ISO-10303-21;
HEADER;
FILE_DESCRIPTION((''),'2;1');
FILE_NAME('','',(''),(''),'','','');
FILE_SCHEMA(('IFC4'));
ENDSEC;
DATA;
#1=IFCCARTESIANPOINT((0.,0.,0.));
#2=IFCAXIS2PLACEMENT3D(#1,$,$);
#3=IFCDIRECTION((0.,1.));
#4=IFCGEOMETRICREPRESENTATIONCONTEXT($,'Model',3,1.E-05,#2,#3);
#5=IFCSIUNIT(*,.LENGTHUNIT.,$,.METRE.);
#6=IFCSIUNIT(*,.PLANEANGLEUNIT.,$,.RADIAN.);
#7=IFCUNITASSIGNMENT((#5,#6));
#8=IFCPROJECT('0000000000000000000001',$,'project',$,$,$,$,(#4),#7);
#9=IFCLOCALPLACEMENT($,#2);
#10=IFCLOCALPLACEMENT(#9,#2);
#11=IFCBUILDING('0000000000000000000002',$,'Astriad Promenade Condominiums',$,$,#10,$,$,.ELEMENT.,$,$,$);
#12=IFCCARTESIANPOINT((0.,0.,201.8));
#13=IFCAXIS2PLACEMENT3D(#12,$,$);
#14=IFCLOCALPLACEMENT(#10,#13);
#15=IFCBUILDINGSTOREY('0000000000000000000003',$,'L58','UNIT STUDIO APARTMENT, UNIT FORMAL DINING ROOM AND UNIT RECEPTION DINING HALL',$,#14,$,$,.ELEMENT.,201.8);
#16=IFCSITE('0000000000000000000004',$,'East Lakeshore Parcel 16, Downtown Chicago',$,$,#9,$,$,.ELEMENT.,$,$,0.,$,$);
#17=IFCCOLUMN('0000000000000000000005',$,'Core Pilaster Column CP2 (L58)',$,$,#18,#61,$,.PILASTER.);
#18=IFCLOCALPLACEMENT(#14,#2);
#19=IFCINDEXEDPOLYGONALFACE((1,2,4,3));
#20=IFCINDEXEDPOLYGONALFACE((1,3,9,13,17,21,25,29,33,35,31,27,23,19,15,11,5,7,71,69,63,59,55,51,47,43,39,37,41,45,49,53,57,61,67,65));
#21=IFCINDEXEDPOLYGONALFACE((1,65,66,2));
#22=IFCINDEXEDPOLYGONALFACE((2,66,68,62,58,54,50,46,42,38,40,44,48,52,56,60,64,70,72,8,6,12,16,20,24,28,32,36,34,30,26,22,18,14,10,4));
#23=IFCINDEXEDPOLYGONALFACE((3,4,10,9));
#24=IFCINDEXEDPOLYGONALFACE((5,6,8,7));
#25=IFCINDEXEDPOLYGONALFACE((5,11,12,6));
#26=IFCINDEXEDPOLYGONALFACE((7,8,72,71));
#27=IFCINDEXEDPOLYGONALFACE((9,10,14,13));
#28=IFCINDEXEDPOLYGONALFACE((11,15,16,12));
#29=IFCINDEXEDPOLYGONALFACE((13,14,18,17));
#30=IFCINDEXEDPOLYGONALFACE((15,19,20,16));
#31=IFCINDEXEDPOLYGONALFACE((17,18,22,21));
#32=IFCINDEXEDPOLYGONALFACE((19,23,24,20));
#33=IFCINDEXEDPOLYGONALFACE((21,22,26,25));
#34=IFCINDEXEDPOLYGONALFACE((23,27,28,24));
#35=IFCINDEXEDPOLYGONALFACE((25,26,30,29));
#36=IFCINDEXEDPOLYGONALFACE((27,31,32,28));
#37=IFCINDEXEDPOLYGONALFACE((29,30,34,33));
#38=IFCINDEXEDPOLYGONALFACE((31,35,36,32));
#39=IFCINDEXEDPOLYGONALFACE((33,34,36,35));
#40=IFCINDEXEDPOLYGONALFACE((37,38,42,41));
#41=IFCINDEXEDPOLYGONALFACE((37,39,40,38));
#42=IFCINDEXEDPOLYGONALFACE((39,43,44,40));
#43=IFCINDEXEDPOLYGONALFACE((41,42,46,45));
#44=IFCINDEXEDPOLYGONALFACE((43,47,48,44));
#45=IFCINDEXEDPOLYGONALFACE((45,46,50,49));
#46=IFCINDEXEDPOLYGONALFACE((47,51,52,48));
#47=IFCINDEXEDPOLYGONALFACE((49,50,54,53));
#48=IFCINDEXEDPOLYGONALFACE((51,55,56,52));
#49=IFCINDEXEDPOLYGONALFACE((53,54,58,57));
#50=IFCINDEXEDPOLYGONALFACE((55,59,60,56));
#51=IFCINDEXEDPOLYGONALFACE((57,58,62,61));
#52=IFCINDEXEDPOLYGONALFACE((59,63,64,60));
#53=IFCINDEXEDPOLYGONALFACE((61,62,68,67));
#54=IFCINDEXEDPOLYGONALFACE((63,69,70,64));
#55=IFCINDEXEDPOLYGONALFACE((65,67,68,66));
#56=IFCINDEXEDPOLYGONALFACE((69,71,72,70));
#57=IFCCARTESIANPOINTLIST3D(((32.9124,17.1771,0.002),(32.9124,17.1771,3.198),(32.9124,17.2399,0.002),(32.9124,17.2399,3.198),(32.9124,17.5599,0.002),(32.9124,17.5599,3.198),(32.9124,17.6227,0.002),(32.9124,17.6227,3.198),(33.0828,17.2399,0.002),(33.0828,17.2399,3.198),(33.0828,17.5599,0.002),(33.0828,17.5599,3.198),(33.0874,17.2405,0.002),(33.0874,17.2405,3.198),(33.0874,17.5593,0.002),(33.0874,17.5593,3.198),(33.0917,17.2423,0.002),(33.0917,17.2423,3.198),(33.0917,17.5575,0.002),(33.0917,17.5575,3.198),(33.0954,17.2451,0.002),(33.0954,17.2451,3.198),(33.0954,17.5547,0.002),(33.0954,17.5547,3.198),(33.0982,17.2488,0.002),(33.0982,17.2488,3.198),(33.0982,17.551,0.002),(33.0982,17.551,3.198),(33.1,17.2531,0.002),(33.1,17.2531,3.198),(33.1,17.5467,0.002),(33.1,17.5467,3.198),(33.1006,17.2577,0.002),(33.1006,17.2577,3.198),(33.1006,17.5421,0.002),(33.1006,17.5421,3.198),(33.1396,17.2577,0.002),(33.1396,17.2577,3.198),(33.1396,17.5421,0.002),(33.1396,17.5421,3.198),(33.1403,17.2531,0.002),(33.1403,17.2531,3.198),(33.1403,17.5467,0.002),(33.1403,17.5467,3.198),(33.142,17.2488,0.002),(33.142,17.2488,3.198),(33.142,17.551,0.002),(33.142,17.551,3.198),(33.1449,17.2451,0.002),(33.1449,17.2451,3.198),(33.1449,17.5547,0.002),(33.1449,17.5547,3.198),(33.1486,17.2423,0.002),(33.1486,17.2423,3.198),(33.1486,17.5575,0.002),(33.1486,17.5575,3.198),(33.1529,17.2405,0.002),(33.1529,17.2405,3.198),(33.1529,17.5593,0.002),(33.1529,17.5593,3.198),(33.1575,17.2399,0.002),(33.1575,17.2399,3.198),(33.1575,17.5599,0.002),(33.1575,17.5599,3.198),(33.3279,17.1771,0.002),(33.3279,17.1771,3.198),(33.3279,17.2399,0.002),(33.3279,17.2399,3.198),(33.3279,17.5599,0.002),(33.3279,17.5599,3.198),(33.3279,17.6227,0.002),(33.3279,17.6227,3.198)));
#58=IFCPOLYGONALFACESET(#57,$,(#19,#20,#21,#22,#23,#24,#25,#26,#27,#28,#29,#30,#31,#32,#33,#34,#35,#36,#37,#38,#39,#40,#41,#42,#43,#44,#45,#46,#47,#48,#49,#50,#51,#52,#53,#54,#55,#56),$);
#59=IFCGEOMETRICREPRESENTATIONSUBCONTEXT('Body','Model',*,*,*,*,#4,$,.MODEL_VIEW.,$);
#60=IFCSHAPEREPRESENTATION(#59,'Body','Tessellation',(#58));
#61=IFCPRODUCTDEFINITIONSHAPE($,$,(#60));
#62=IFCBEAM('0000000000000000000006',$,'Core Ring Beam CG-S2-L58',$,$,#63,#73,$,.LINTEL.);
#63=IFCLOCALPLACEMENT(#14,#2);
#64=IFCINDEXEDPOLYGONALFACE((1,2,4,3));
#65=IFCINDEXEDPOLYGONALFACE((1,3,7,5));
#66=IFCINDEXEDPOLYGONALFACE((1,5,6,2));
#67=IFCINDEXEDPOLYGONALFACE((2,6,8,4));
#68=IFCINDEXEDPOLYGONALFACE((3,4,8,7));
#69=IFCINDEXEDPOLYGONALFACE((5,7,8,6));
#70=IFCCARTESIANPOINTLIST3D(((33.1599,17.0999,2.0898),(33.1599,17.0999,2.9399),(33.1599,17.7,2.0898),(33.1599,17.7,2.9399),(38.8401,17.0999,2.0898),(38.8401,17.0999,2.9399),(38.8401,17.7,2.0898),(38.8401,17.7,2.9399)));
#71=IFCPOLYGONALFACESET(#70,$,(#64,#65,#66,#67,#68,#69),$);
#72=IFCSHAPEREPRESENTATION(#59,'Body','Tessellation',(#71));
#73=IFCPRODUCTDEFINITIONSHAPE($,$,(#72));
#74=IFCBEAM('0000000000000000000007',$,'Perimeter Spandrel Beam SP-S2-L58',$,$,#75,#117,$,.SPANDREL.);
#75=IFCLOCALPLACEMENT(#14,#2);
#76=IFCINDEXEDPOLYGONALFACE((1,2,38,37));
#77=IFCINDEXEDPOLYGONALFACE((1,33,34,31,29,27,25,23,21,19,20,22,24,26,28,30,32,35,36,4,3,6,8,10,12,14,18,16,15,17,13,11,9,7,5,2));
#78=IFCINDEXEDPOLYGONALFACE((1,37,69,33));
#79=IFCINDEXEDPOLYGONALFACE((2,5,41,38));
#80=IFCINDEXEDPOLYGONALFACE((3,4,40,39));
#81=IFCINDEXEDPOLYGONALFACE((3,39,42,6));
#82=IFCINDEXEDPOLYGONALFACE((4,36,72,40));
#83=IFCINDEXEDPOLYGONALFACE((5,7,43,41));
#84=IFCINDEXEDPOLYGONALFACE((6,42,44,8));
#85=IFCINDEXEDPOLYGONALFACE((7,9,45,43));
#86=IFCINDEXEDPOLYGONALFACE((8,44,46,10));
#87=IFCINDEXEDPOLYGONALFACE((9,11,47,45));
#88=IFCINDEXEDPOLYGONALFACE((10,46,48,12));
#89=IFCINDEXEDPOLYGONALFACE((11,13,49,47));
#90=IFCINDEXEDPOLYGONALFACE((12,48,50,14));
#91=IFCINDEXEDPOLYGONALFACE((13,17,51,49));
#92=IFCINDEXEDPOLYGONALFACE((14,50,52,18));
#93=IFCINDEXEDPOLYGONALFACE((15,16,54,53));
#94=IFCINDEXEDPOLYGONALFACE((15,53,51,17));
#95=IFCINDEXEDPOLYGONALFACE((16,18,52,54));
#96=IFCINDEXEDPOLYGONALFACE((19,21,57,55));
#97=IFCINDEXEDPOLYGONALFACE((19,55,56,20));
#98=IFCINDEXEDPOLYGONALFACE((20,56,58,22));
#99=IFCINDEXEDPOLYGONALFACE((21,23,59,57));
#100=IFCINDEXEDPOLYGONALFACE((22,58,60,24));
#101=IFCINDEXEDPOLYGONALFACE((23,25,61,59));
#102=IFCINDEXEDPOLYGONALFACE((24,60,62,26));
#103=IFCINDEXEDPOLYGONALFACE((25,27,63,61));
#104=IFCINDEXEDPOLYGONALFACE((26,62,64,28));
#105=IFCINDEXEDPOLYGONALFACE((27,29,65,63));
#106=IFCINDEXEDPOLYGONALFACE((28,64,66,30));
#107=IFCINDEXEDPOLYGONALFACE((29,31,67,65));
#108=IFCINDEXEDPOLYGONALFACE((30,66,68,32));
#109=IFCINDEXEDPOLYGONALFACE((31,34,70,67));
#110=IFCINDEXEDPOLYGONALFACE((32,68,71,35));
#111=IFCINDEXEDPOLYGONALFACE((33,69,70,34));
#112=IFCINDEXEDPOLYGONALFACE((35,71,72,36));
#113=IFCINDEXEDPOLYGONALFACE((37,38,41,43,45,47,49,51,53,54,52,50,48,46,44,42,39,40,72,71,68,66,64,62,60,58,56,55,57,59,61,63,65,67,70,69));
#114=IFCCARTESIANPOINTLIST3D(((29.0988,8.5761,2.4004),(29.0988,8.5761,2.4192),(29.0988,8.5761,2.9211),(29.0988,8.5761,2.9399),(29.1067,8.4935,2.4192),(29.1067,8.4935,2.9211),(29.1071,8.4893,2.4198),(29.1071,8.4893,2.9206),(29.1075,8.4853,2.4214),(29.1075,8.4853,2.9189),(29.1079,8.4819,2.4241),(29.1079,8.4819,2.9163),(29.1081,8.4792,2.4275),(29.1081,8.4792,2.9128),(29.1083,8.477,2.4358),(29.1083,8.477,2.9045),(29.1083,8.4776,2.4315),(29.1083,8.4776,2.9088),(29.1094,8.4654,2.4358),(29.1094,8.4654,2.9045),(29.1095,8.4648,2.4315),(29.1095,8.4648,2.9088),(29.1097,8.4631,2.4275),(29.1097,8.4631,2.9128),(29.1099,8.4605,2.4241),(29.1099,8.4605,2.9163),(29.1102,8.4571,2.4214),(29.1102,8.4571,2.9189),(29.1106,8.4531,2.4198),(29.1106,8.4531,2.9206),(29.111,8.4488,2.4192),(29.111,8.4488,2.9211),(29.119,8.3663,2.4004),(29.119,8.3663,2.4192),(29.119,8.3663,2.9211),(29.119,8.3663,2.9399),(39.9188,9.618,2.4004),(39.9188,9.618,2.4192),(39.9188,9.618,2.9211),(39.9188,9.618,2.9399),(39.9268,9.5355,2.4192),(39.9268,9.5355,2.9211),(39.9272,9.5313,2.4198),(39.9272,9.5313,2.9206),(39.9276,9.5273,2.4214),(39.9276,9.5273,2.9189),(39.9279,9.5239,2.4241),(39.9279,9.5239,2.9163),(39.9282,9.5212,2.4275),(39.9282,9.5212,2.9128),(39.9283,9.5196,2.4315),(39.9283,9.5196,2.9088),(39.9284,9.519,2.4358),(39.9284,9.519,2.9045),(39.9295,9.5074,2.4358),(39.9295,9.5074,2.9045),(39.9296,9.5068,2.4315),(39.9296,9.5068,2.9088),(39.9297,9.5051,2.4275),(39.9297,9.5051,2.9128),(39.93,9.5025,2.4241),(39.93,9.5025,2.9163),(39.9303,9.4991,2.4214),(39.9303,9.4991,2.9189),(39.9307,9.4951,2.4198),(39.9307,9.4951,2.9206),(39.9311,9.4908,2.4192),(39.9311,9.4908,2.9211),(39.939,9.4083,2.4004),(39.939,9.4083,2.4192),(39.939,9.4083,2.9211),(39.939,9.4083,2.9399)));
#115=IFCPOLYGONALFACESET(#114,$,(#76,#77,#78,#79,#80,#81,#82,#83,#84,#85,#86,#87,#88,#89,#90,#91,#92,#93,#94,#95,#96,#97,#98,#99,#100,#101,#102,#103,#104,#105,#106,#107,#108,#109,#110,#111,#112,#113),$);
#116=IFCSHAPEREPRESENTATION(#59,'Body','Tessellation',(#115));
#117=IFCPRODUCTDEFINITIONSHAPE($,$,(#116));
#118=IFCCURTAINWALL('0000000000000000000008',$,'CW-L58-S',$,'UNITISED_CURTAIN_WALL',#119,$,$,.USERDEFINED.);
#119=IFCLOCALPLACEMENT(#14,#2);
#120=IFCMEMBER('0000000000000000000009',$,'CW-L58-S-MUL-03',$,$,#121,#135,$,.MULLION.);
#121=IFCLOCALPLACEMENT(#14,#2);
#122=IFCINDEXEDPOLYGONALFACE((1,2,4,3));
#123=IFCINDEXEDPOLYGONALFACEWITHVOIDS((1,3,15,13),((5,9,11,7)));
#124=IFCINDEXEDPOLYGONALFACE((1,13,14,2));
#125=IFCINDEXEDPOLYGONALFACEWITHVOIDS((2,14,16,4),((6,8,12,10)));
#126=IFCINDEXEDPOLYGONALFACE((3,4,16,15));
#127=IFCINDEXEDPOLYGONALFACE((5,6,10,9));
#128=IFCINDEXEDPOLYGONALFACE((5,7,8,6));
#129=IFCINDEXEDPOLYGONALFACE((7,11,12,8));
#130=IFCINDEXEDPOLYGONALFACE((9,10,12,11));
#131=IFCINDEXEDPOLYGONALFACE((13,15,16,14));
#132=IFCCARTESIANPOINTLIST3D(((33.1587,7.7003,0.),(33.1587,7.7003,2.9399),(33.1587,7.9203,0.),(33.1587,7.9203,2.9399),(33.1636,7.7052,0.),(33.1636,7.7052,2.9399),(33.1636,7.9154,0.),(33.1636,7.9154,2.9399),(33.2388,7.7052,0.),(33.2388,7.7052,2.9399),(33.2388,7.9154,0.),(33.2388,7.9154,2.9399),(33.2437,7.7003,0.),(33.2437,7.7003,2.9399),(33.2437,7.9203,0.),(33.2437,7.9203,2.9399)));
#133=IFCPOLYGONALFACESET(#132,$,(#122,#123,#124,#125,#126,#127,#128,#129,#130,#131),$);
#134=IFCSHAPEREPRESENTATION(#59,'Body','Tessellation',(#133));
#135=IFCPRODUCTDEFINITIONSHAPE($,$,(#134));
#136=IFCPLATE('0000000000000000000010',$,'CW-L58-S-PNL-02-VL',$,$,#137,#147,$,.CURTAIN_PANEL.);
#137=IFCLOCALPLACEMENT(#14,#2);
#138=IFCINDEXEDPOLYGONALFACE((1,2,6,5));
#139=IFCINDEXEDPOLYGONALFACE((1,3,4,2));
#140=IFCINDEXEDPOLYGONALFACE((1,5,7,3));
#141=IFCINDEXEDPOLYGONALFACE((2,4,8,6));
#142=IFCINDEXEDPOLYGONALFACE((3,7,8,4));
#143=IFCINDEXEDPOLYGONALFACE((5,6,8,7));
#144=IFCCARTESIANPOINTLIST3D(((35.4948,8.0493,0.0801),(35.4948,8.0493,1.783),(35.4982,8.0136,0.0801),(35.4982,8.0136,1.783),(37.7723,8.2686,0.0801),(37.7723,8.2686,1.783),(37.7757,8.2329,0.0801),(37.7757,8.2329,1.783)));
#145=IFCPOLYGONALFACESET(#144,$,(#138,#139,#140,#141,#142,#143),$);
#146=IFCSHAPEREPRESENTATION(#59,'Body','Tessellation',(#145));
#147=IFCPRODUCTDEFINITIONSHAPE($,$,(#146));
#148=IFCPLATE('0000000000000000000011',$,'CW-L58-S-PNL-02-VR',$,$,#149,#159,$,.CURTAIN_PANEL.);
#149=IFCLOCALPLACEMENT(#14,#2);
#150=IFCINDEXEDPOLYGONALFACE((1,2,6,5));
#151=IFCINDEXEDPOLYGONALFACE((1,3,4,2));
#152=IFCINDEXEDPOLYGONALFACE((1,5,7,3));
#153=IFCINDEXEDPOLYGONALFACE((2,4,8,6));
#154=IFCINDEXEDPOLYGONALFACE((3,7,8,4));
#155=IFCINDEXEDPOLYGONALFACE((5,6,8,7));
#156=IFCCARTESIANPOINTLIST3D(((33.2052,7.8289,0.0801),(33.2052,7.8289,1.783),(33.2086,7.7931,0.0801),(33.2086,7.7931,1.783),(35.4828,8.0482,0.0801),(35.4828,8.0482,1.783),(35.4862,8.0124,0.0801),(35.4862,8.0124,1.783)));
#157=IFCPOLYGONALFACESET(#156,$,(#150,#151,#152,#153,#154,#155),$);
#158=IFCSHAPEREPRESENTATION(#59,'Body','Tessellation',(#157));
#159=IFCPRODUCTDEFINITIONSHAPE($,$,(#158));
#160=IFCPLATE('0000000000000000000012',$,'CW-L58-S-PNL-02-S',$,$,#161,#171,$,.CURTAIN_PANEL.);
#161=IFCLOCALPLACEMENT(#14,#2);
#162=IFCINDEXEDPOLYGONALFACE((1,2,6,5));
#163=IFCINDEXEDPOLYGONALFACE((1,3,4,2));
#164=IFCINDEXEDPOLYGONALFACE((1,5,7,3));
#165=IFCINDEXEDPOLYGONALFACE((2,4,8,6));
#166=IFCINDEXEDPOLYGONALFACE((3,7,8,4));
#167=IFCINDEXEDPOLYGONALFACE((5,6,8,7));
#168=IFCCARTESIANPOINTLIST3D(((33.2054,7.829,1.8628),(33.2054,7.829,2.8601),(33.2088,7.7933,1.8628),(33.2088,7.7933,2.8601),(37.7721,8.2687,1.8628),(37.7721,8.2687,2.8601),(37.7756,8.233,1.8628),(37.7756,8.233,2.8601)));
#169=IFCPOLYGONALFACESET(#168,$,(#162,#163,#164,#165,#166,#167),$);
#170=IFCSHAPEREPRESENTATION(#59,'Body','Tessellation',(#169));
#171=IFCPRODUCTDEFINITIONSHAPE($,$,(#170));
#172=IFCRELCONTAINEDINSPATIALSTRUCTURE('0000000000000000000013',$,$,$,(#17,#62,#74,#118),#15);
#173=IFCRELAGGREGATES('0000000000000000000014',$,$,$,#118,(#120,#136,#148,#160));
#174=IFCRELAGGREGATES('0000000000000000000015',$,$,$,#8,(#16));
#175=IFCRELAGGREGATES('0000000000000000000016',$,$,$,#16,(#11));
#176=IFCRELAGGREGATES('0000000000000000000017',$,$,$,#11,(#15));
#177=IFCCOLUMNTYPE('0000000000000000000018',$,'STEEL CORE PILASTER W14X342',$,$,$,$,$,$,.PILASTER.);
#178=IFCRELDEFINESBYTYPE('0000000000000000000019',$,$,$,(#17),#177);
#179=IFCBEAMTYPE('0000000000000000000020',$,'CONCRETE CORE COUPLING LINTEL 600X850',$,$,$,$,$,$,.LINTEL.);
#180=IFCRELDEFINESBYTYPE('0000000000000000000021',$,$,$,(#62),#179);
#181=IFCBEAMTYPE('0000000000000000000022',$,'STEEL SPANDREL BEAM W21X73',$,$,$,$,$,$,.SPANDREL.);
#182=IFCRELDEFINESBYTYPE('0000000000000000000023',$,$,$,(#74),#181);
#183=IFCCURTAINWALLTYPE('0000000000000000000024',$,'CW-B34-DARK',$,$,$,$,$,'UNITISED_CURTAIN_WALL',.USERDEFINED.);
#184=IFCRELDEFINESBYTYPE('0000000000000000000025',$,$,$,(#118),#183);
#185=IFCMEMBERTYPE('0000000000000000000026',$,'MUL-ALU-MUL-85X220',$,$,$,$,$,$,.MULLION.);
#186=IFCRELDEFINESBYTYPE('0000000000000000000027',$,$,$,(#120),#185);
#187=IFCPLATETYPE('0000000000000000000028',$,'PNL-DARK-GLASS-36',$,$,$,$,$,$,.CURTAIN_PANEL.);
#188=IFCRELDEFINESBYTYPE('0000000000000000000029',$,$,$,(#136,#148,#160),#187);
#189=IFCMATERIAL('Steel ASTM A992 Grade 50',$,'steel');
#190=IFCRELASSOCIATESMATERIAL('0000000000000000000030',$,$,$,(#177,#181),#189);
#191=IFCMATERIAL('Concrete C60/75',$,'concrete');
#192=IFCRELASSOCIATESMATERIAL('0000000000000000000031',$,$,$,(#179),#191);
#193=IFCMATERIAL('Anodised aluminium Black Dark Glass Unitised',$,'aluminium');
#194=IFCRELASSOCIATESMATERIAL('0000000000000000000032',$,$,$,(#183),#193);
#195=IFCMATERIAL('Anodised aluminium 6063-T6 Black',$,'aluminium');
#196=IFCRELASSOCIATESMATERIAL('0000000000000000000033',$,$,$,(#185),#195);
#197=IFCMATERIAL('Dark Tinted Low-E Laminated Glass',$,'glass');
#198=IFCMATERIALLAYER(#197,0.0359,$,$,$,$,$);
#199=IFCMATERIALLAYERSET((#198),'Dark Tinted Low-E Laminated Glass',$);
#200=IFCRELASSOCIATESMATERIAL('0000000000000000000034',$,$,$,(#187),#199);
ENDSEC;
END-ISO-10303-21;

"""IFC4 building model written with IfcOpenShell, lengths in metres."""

from ifc_helpers import new_model, si_unit, direction, frame, origin, origin_2d, place, context, subcontext, project, spatial, rectangle, hollow_rectangle, i_section, extrude, source, transform, mapped, material, layer, layer_set, material_profile, profile_set, type_object, type_shapes, element, aggregate, save


model = new_model("IFC4")

# Units and contexts
model_context = context("Model", 3, precision=1e-05, world=origin(), true_north=direction((0.0, 1.0)))
body_context = subcontext(model_context, "Body", "Model", "MODEL_VIEW")
ifc_project = project(units=[si_unit("LENGTHUNIT", "METRE"), si_unit("PLANEANGLEUNIT", "RADIAN")], contexts=[model_context])

# Site, building, storey
site_placement = place(None, origin())
site = spatial("IfcSite", under=ifc_project, at=site_placement, Name="East Lakeshore Parcel 16, Downtown Chicago", CompositionType="ELEMENT", RefElevation=0.0)
building_placement = place(site_placement, origin())
building = spatial("IfcBuilding", under=site, at=building_placement, Name="Astriad Promenade Condominiums", CompositionType="ELEMENT")
storey_placement = place(building_placement, frame((0.0, 0.0, 201.8)))
storey = spatial("IfcBuildingStorey", under=building, at=storey_placement, Name="L58", Description="UNIT STUDIO APARTMENT, UNIT FORMAL DINING ROOM AND UNIT RECEPTION DINING HALL", CompositionType="ELEMENT", Elevation=201.8)

# Column
ifc_material_1 = material(Name="Steel ASTM A992 Grade 50", Category="steel")
ifc_material_profile_1 = material_profile(ifc_material_1, i_section(OverallWidth=0.4155, OverallDepth=0.4456, WebThickness=0.0391, FlangeThickness=0.0627, FilletRadius=0.0178, at=origin_2d()), Name="W14X342")
ifc_profile_set_1 = profile_set([ifc_material_profile_1], Name="Steel ASTM A992 Grade 50")
column_type = type_object("IfcColumnType", Name="STEEL CORE PILASTER W14X342", PredefinedType="PILASTER", material=ifc_profile_set_1)
shared_shape_1 = source(origin(), body_context, "Body", "SweptSolid", [
    extrude(i_section(OverallWidth=0.4155, OverallDepth=0.4456, WebThickness=0.0391, FlangeThickness=0.0627, FilletRadius=0.0178, at=origin_2d()), origin(), (0.0, 0.0, 1.0), 3.196),
])
type_shapes(column_type, [shared_shape_1])
column_placement = place(storey_placement, frame((33.1201, 17.3999, 0.002), z_axis=(0.0, 0.0, 1.0), x_axis=(1.0, 0.0, 0.0)))
element("IfcColumn", 1, at=column_placement, inside=storey, type_object=column_type, Name="Core Pilaster Column CP2 (L58)", PredefinedType="PILASTER", context=body_context, shape_type="MappedRepresentation", body=[
    mapped(shared_shape_1, transform((0.0, 0.0, 0.0), scale=1.0)),
])

# Beams
ifc_material_2 = material(Name="Concrete C60/75", Category="concrete")
ifc_material_profile_2 = material_profile(ifc_material_2, rectangle(XDim=0.6001, YDim=0.8501, at=origin_2d()), Name="RC-BM-600X850")
ifc_profile_set_2 = profile_set([ifc_material_profile_2], Name="Concrete C60/75")
beam_type_1 = type_object("IfcBeamType", Name="CONCRETE CORE COUPLING LINTEL 600X850", PredefinedType="LINTEL", material=ifc_profile_set_2)
shared_shape_2 = source(origin(), body_context, "Body", "SweptSolid", [
    extrude(rectangle(XDim=0.6001, YDim=0.8501, at=origin_2d()), origin(), (0.0, 0.0, 1.0), 5.6802),
])
type_shapes(beam_type_1, [shared_shape_2])
beam_1_placement = place(storey_placement, frame((33.1599, 17.3999, 2.5149), z_axis=(1.0, 0.0, 0.0), x_axis=(0.0, 1.0, 0.0)))
element("IfcBeam", 2, at=beam_1_placement, inside=storey, type_object=beam_type_1, Name="Core Ring Beam CG-S2-L58", PredefinedType="LINTEL", context=body_context, shape_type="MappedRepresentation", body=[
    mapped(shared_shape_2, transform((0.0, 0.0, 0.0), scale=1.0)),
])
ifc_material_profile_3 = material_profile(ifc_material_1, i_section(OverallWidth=0.2107, OverallDepth=0.5396, WebThickness=0.0117, FlangeThickness=0.0188, FilletRadius=0.0166, at=origin_2d()), Name="W21X73")
ifc_profile_set_3 = profile_set([ifc_material_profile_3], Name="Steel ASTM A992 Grade 50")
beam_type_2 = type_object("IfcBeamType", Name="STEEL SPANDREL BEAM W21X73", PredefinedType="SPANDREL", material=ifc_profile_set_3)
shared_shape_3 = source(origin(), body_context, "Body", "SweptSolid", [
    extrude(i_section(OverallWidth=0.2107, OverallDepth=0.5396, WebThickness=0.0117, FlangeThickness=0.0188, FilletRadius=0.0166, at=origin_2d()), origin(), (0.0, 0.0, 1.0), 10.8701),
])
type_shapes(beam_type_2, [shared_shape_3])
beam_2_placement = place(storey_placement, frame((29.1089, 8.4712, 2.6702), z_axis=(0.995395, 0.095858, 0.0), x_axis=(-0.095858, 0.995395, 0.0)))
element("IfcBeam", 3, at=beam_2_placement, inside=storey, type_object=beam_type_2, Name="Perimeter Spandrel Beam SP-S2-L58", PredefinedType="SPANDREL", context=body_context, shape_type="MappedRepresentation", body=[
    mapped(shared_shape_3, transform((0.0, 0.0, 0.0), scale=1.0)),
])

# Curtain wall, member, plates
ifc_material_3 = material(Name="Anodised aluminium Black Dark Glass Unitised", Category="aluminium")
curtain_wall_type = type_object("IfcCurtainWallType", Name="CW-B34-DARK", ElementType="UNITISED_CURTAIN_WALL", PredefinedType="USERDEFINED", material=ifc_material_3)
curtain_wall_placement = place(storey_placement, origin())
curtain_wall = element("IfcCurtainWall", 4, at=curtain_wall_placement, inside=storey, type_object=curtain_wall_type, Name="CW-L58-S", ObjectType="UNITISED_CURTAIN_WALL", PredefinedType="USERDEFINED")
ifc_material_4 = material(Name="Anodised aluminium 6063-T6 Black", Category="aluminium")
ifc_material_profile_4 = material_profile(ifc_material_4, hollow_rectangle(XDim=0.085, YDim=0.22, WallThickness=0.0049, at=origin_2d()), Name="ALU-MUL-85X220")
ifc_profile_set_4 = profile_set([ifc_material_profile_4], Name="Anodised aluminium 6063-T6 Black")
member_type = type_object("IfcMemberType", Name="MUL-ALU-MUL-85X220", PredefinedType="MULLION", material=ifc_profile_set_4)
shared_shape_4 = source(origin(), body_context, "Body", "SweptSolid", [
    extrude(hollow_rectangle(XDim=0.085, YDim=0.22, WallThickness=0.0049, at=origin_2d()), origin(), (0.0, 0.0, 1.0), 2.9399),
])
type_shapes(member_type, [shared_shape_4])
member_placement = place(storey_placement, frame((33.2012, 7.8103, 0.0), z_axis=(0.0, 0.0, 1.0), x_axis=(1.0, 0.0, 0.0)))
member = element("IfcMember", 5, at=member_placement, type_object=member_type, Name="CW-L58-S-MUL-03", PredefinedType="MULLION", context=body_context, shape_type="MappedRepresentation", body=[
    mapped(shared_shape_4, transform((0.0, 0.0, 0.0), scale=1.0)),
])
ifc_material_5 = material(Name="Dark Tinted Low-E Laminated Glass", Category="glass")
ifc_layer_1 = layer(ifc_material_5, 0.0359)
ifc_layer_set_1 = layer_set([ifc_layer_1], Name="Dark Tinted Low-E Laminated Glass")
plate_type = type_object("IfcPlateType", Name="PNL-DARK-GLASS-36", PredefinedType="CURTAIN_PANEL", material=ifc_layer_set_1)
shared_shape_5 = source(origin(), body_context, "Body", "SweptSolid", [
    extrude(rectangle(XDim=2.2881, YDim=0.0359, at=origin_2d()), origin(), (0.0, 0.0, 1.0), 1.7029),
])
plate_1_placement = place(storey_placement, frame((36.6353, 8.1411, 0.0801), z_axis=(0.0, 0.0, 1.0), x_axis=(-0.995396, -0.095846, 0.0)))
plate_1 = element("IfcPlate", 6, at=plate_1_placement, type_object=plate_type, Name="CW-L58-S-PNL-02-VL", PredefinedType="CURTAIN_PANEL", context=body_context, shape_type="MappedRepresentation", body=[
    mapped(shared_shape_5, transform((0.0, 0.0, 0.0), scale=1.0)),
])
plate_2_placement = place(storey_placement, frame((34.3457, 7.9207, 0.0801), z_axis=(0.0, 0.0, 1.0), x_axis=(-0.995396, -0.095846, 0.0)))
plate_2 = element("IfcPlate", 7, at=plate_2_placement, type_object=plate_type, Name="CW-L58-S-PNL-02-VR", PredefinedType="CURTAIN_PANEL", context=body_context, shape_type="MappedRepresentation", body=[
    mapped(shared_shape_5, transform((0.0, 0.0, 0.0), scale=1.0)),
])
shared_shape_6 = source(origin(), body_context, "Body", "SweptSolid", [
    extrude(rectangle(XDim=4.5879, YDim=0.0359, at=origin_2d()), origin(), (0.0, 0.0, 1.0), 0.9973),
])
type_shapes(plate_type, [shared_shape_5, shared_shape_6])
plate_3_placement = place(storey_placement, frame((35.4905, 8.031, 1.8628), z_axis=(0.0, 0.0, 1.0), x_axis=(-0.995396, -0.095846, 0.0)))
plate_3 = element("IfcPlate", 8, at=plate_3_placement, type_object=plate_type, Name="CW-L58-S-PNL-02-S", PredefinedType="CURTAIN_PANEL", context=body_context, shape_type="MappedRepresentation", body=[
    mapped(shared_shape_6, transform((0.0, 0.0, 0.0), scale=1.0)),
])
aggregate(curtain_wall, [member, plate_1, plate_2, plate_3])

save(model, "model.ifc")
